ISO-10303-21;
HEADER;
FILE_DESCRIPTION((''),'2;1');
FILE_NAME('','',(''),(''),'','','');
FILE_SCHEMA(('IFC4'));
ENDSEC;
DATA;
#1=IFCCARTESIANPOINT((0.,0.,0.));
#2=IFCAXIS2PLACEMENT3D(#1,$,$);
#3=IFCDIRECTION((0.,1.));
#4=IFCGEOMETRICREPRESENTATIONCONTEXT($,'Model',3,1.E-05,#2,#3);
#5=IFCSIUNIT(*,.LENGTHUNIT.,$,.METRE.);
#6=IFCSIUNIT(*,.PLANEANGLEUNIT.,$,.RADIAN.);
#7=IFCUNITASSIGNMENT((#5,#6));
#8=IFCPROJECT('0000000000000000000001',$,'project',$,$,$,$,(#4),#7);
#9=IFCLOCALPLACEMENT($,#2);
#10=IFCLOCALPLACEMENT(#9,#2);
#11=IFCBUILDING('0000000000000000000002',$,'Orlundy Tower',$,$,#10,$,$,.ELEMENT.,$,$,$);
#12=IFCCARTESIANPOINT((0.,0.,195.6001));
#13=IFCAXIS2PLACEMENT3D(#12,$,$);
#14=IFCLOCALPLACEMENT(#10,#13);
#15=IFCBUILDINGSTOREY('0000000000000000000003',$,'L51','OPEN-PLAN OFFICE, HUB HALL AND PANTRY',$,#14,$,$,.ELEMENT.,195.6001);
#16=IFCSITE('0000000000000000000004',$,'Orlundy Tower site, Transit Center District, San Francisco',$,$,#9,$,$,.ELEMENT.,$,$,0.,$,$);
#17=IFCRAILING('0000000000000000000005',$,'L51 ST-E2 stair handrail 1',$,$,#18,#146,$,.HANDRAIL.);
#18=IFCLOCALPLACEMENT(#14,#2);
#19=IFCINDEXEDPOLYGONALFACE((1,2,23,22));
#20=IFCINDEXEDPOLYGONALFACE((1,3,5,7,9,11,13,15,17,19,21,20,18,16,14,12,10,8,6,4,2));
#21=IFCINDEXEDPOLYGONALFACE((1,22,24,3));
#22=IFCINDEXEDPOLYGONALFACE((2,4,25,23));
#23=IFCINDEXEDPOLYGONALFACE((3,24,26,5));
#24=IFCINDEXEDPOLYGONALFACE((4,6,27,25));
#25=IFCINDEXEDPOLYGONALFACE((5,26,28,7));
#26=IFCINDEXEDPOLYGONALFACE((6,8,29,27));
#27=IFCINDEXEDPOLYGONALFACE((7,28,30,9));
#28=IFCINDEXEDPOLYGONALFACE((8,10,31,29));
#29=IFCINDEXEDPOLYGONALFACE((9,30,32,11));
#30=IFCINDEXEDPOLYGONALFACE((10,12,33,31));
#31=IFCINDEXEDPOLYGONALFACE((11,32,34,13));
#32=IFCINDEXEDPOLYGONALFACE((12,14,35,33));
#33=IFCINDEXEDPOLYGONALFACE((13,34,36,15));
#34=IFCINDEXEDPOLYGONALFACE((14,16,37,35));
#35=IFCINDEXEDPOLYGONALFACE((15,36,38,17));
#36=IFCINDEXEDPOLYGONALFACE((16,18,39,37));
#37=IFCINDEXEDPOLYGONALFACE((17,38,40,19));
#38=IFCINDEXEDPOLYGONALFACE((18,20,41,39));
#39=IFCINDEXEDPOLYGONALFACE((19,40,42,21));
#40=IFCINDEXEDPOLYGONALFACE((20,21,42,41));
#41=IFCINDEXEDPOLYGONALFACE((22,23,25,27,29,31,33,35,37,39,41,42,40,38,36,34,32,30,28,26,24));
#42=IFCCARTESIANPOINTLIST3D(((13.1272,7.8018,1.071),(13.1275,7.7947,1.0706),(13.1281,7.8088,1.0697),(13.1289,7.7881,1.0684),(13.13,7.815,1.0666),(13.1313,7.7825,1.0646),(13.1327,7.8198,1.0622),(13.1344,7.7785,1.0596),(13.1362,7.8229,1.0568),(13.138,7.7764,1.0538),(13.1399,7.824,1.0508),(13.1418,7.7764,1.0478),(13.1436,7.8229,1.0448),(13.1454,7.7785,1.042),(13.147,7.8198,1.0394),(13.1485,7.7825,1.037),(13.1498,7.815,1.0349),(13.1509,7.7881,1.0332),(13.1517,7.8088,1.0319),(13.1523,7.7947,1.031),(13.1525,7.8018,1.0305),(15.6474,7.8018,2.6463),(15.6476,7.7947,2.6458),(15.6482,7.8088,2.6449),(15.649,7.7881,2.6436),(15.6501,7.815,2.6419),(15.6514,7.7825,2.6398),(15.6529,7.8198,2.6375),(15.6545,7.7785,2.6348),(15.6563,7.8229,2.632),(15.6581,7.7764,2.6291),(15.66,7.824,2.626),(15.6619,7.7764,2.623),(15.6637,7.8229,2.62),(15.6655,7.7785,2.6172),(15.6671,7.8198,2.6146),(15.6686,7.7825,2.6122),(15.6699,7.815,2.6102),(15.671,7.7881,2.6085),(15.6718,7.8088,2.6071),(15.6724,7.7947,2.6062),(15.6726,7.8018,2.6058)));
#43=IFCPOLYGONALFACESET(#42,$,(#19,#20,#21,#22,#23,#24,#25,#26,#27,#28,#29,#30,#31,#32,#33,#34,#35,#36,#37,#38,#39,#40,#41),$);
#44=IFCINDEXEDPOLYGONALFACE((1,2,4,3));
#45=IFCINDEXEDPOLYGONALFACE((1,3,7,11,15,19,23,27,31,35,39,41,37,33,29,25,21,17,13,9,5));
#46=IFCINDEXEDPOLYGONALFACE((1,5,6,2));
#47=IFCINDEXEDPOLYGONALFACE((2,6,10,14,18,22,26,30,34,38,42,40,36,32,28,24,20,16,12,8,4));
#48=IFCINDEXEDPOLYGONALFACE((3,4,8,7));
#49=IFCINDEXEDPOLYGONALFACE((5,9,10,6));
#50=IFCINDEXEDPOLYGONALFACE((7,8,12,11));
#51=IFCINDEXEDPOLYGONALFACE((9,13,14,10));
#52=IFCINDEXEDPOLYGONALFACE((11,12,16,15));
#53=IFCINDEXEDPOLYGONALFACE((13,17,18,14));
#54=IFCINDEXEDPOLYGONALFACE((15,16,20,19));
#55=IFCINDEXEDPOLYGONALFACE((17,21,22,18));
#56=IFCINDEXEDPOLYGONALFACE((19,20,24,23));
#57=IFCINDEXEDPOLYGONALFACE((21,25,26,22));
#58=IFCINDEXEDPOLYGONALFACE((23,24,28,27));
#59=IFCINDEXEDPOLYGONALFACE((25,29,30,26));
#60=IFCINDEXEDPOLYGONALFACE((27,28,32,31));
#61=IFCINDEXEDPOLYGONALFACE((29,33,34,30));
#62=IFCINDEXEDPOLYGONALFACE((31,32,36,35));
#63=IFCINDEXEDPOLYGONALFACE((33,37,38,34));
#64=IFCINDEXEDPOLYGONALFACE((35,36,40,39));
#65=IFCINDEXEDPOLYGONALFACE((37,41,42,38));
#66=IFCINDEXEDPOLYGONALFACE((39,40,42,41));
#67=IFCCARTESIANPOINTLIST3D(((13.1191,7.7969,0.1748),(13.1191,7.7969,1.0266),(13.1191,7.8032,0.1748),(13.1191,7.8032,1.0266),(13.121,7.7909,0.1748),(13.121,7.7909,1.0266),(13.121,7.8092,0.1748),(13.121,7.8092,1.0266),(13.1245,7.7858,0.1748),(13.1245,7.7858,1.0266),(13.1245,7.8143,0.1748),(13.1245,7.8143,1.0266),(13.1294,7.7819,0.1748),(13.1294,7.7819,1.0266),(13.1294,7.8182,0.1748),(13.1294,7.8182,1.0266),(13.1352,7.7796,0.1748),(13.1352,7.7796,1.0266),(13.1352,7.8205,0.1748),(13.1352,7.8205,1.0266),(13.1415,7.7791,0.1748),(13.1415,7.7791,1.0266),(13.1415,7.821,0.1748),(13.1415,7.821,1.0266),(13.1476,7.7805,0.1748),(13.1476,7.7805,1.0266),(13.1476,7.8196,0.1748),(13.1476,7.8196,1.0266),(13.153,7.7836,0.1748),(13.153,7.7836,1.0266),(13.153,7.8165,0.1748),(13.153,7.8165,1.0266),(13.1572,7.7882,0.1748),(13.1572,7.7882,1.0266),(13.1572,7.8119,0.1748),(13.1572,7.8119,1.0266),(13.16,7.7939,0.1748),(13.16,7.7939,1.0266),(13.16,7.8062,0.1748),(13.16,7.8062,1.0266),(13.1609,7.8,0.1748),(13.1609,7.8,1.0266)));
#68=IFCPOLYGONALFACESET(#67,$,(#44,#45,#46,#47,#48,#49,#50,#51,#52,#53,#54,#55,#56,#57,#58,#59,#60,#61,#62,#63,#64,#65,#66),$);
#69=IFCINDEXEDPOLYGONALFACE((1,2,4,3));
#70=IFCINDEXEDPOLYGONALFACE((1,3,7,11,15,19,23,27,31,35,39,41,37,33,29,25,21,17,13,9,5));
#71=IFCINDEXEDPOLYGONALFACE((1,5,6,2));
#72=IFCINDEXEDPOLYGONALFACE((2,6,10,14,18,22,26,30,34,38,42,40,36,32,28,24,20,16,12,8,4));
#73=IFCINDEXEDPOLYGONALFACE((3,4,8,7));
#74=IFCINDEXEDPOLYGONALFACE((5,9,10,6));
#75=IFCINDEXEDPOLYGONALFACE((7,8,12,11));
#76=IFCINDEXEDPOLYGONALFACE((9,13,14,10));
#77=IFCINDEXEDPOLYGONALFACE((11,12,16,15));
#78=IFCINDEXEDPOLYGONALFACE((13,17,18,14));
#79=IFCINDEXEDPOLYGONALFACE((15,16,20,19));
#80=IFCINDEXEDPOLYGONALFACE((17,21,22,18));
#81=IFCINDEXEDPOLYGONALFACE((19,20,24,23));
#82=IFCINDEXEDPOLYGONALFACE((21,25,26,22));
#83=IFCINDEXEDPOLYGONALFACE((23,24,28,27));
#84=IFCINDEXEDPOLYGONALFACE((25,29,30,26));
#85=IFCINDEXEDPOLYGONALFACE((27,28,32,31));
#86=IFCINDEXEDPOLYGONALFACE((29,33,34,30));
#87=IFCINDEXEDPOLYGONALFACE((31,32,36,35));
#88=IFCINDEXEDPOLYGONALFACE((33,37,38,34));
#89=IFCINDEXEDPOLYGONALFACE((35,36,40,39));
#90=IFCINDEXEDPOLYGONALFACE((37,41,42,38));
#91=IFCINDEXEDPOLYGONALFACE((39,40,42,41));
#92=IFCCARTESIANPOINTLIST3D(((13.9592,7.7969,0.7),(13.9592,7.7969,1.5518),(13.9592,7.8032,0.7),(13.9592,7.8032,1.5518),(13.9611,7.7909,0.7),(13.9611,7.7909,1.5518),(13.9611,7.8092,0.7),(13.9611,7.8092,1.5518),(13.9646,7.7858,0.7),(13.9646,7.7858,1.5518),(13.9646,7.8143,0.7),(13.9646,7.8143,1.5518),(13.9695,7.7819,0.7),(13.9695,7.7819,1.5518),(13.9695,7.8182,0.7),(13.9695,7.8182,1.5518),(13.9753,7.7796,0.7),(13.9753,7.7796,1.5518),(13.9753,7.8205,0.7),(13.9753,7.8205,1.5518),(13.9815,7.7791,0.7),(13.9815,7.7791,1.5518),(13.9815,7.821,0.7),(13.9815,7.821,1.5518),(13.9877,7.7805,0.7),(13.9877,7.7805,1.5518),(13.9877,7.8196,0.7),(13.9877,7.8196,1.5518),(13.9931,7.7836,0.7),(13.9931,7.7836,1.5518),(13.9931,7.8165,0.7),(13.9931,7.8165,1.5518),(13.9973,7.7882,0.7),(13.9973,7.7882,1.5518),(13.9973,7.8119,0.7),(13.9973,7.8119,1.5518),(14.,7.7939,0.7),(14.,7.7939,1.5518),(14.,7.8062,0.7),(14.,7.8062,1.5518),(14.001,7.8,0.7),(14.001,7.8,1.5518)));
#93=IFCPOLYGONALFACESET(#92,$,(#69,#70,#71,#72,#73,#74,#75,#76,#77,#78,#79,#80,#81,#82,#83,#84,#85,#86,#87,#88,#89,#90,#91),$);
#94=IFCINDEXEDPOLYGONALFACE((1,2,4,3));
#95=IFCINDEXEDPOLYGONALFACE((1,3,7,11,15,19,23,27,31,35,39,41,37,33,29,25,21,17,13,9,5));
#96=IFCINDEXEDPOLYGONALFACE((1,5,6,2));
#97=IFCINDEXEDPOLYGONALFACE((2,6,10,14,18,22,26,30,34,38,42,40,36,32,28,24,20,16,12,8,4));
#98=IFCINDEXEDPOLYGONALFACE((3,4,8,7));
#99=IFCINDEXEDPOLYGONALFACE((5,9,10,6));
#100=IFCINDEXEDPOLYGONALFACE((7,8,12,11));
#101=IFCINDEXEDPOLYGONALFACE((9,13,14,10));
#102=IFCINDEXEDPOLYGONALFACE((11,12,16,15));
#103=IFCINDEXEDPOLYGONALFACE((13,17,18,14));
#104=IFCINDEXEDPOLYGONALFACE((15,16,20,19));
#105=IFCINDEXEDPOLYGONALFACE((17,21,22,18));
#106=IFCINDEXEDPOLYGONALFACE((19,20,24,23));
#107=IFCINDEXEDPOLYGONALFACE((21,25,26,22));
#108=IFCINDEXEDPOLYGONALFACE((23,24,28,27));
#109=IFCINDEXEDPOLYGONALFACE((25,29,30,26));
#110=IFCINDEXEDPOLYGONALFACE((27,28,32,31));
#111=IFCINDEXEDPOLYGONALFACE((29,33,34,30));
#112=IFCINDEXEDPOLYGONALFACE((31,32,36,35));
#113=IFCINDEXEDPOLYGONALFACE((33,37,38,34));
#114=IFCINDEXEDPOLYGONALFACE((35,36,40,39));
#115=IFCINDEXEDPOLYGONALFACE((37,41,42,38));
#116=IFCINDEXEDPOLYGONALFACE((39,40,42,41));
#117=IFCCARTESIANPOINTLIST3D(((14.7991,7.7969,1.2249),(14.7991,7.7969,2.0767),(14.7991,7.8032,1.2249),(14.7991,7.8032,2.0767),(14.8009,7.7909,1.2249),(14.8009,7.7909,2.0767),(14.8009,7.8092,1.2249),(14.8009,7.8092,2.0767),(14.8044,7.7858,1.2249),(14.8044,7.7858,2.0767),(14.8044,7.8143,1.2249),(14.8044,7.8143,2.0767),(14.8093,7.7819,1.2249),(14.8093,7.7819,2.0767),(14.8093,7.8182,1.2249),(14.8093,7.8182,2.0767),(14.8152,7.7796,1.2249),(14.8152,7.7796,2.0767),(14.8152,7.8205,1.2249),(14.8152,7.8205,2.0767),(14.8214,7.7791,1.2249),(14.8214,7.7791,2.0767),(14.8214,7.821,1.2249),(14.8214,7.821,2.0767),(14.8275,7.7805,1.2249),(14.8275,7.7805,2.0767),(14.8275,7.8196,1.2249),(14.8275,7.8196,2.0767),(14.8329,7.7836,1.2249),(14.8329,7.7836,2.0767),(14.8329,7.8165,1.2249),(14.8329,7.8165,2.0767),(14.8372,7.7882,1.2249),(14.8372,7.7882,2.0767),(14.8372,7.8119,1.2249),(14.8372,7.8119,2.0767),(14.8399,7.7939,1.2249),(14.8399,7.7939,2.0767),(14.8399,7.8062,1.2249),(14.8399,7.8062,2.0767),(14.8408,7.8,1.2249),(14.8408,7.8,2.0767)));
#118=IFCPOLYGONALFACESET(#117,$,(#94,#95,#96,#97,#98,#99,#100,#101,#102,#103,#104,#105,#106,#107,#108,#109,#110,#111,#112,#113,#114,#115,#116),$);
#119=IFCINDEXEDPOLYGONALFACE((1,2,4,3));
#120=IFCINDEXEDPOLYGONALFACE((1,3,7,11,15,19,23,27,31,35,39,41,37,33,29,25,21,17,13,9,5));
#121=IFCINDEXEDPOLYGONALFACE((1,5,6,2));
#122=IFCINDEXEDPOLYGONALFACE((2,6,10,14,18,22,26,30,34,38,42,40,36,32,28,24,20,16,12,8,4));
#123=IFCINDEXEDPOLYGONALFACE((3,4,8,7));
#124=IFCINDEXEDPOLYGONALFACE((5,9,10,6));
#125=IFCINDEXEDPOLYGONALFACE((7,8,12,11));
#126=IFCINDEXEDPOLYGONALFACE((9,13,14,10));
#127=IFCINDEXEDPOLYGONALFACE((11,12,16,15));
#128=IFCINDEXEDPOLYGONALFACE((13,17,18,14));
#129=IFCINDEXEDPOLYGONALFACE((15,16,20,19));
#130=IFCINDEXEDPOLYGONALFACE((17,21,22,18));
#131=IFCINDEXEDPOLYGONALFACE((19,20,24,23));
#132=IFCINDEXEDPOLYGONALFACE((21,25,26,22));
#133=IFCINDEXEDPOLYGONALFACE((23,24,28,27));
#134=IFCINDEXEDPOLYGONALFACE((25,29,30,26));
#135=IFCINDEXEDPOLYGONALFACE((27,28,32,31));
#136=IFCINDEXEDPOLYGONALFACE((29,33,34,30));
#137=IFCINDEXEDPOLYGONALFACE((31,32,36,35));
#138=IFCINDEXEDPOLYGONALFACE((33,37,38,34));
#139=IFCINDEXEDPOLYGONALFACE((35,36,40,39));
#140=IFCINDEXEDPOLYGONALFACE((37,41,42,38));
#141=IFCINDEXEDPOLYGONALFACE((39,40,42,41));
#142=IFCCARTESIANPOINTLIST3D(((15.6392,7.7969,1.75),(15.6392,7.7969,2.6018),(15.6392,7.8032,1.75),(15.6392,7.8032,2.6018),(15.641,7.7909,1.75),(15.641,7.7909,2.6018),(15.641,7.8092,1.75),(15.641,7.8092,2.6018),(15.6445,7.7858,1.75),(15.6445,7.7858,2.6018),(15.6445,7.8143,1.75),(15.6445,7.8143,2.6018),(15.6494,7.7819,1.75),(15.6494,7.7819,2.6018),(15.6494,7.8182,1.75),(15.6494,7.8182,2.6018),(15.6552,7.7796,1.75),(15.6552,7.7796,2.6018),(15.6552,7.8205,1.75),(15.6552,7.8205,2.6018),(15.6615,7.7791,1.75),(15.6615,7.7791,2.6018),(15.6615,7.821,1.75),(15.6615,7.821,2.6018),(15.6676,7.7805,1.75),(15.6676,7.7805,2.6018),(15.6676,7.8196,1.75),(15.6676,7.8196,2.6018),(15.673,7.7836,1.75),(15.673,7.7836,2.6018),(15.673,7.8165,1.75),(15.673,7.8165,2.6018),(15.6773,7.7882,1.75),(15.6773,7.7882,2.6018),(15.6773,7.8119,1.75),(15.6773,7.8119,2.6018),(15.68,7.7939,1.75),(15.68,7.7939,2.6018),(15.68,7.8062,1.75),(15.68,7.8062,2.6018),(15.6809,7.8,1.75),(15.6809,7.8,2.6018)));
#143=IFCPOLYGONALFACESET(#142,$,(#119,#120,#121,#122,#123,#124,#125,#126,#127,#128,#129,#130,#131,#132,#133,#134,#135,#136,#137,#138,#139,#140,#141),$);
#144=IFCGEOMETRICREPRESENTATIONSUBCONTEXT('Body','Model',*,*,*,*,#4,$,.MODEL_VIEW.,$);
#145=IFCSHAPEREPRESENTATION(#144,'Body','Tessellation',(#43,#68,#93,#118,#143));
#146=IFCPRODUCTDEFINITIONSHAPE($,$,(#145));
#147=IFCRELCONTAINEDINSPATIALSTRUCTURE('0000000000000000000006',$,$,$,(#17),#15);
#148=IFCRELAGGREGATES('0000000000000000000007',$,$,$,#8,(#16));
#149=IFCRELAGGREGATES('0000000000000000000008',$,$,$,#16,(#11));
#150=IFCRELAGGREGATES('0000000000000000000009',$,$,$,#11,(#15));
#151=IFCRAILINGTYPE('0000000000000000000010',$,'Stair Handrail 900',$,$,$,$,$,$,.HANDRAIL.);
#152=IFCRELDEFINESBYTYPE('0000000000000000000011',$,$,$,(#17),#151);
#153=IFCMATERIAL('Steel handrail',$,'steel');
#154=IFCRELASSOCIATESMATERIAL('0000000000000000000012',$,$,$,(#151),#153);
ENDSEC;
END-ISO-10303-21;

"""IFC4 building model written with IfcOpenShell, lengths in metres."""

from ifc_helpers import new_model, si_unit, direction, frame, origin, origin_2d, place, context, subcontext, project, spatial, circle, extrude, material, type_object, element, save


model = new_model("IFC4")

# Units and contexts
model_context = context("Model", 3, precision=1e-05, world=origin(), true_north=direction((0.0, 1.0)))
body_context = subcontext(model_context, "Body", "Model", "MODEL_VIEW")
ifc_project = project(units=[si_unit("LENGTHUNIT", "METRE"), si_unit("PLANEANGLEUNIT", "RADIAN")], contexts=[model_context])

# Site, building, storey
site_placement = place(None, origin())
site = spatial("IfcSite", under=ifc_project, at=site_placement, Name="Orlundy Tower site, Transit Center District, San Francisco", CompositionType="ELEMENT", RefElevation=0.0)
building_placement = place(site_placement, origin())
building = spatial("IfcBuilding", under=site, at=building_placement, Name="Orlundy Tower", CompositionType="ELEMENT")
storey_placement = place(building_placement, frame((0.0, 0.0, 195.6001)))
storey = spatial("IfcBuildingStorey", under=building, at=storey_placement, Name="L51", Description="OPEN-PLAN OFFICE, HUB HALL AND PANTRY", CompositionType="ELEMENT", Elevation=195.6001)

# Railing
ifc_material_1 = material(Name="Steel handrail", Category="steel")
railing_type_1 = type_object("IfcRailingType", Name="Stair Handrail 900", PredefinedType="HANDRAIL", material=ifc_material_1)
for number, where, name in (
    (1, (13.1399, 7.8, 0.1748), "L51 ST-E2 stair handrail 1"),
):
    element("IfcRailing", number, at=place(storey_placement, frame(where)), inside=storey, type_object=railing_type_1, Name=name, PredefinedType="HANDRAIL", context=body_context, shape_type="SweptSolid", body=[
        extrude(circle(Radius=0.0239, at=origin_2d()), frame((0.0, 0.0, 0.876), z_axis=(0.847971, 0.0, 0.530043), x_axis=(0.0, 1.0, 0.0)), (0.0, 0.0, 1.0), 2.9719),
        extrude(circle(Radius=0.021, at=origin_2d()), origin(), (0.0, 0.0, 1.0), 0.8518),
        extrude(circle(Radius=0.021, at=origin_2d()), frame((0.8401, 0.0, 0.5251)), (0.0, 0.0, 1.0), 0.8518),
        extrude(circle(Radius=0.021, at=origin_2d()), frame((1.6799, 0.0, 1.05)), (0.0, 0.0, 1.0), 0.8518),
        extrude(circle(Radius=0.021, at=origin_2d()), frame((2.52, 0.0, 1.5752)), (0.0, 0.0, 1.0), 0.8518),
    ])

save(model, "model.ifc")
